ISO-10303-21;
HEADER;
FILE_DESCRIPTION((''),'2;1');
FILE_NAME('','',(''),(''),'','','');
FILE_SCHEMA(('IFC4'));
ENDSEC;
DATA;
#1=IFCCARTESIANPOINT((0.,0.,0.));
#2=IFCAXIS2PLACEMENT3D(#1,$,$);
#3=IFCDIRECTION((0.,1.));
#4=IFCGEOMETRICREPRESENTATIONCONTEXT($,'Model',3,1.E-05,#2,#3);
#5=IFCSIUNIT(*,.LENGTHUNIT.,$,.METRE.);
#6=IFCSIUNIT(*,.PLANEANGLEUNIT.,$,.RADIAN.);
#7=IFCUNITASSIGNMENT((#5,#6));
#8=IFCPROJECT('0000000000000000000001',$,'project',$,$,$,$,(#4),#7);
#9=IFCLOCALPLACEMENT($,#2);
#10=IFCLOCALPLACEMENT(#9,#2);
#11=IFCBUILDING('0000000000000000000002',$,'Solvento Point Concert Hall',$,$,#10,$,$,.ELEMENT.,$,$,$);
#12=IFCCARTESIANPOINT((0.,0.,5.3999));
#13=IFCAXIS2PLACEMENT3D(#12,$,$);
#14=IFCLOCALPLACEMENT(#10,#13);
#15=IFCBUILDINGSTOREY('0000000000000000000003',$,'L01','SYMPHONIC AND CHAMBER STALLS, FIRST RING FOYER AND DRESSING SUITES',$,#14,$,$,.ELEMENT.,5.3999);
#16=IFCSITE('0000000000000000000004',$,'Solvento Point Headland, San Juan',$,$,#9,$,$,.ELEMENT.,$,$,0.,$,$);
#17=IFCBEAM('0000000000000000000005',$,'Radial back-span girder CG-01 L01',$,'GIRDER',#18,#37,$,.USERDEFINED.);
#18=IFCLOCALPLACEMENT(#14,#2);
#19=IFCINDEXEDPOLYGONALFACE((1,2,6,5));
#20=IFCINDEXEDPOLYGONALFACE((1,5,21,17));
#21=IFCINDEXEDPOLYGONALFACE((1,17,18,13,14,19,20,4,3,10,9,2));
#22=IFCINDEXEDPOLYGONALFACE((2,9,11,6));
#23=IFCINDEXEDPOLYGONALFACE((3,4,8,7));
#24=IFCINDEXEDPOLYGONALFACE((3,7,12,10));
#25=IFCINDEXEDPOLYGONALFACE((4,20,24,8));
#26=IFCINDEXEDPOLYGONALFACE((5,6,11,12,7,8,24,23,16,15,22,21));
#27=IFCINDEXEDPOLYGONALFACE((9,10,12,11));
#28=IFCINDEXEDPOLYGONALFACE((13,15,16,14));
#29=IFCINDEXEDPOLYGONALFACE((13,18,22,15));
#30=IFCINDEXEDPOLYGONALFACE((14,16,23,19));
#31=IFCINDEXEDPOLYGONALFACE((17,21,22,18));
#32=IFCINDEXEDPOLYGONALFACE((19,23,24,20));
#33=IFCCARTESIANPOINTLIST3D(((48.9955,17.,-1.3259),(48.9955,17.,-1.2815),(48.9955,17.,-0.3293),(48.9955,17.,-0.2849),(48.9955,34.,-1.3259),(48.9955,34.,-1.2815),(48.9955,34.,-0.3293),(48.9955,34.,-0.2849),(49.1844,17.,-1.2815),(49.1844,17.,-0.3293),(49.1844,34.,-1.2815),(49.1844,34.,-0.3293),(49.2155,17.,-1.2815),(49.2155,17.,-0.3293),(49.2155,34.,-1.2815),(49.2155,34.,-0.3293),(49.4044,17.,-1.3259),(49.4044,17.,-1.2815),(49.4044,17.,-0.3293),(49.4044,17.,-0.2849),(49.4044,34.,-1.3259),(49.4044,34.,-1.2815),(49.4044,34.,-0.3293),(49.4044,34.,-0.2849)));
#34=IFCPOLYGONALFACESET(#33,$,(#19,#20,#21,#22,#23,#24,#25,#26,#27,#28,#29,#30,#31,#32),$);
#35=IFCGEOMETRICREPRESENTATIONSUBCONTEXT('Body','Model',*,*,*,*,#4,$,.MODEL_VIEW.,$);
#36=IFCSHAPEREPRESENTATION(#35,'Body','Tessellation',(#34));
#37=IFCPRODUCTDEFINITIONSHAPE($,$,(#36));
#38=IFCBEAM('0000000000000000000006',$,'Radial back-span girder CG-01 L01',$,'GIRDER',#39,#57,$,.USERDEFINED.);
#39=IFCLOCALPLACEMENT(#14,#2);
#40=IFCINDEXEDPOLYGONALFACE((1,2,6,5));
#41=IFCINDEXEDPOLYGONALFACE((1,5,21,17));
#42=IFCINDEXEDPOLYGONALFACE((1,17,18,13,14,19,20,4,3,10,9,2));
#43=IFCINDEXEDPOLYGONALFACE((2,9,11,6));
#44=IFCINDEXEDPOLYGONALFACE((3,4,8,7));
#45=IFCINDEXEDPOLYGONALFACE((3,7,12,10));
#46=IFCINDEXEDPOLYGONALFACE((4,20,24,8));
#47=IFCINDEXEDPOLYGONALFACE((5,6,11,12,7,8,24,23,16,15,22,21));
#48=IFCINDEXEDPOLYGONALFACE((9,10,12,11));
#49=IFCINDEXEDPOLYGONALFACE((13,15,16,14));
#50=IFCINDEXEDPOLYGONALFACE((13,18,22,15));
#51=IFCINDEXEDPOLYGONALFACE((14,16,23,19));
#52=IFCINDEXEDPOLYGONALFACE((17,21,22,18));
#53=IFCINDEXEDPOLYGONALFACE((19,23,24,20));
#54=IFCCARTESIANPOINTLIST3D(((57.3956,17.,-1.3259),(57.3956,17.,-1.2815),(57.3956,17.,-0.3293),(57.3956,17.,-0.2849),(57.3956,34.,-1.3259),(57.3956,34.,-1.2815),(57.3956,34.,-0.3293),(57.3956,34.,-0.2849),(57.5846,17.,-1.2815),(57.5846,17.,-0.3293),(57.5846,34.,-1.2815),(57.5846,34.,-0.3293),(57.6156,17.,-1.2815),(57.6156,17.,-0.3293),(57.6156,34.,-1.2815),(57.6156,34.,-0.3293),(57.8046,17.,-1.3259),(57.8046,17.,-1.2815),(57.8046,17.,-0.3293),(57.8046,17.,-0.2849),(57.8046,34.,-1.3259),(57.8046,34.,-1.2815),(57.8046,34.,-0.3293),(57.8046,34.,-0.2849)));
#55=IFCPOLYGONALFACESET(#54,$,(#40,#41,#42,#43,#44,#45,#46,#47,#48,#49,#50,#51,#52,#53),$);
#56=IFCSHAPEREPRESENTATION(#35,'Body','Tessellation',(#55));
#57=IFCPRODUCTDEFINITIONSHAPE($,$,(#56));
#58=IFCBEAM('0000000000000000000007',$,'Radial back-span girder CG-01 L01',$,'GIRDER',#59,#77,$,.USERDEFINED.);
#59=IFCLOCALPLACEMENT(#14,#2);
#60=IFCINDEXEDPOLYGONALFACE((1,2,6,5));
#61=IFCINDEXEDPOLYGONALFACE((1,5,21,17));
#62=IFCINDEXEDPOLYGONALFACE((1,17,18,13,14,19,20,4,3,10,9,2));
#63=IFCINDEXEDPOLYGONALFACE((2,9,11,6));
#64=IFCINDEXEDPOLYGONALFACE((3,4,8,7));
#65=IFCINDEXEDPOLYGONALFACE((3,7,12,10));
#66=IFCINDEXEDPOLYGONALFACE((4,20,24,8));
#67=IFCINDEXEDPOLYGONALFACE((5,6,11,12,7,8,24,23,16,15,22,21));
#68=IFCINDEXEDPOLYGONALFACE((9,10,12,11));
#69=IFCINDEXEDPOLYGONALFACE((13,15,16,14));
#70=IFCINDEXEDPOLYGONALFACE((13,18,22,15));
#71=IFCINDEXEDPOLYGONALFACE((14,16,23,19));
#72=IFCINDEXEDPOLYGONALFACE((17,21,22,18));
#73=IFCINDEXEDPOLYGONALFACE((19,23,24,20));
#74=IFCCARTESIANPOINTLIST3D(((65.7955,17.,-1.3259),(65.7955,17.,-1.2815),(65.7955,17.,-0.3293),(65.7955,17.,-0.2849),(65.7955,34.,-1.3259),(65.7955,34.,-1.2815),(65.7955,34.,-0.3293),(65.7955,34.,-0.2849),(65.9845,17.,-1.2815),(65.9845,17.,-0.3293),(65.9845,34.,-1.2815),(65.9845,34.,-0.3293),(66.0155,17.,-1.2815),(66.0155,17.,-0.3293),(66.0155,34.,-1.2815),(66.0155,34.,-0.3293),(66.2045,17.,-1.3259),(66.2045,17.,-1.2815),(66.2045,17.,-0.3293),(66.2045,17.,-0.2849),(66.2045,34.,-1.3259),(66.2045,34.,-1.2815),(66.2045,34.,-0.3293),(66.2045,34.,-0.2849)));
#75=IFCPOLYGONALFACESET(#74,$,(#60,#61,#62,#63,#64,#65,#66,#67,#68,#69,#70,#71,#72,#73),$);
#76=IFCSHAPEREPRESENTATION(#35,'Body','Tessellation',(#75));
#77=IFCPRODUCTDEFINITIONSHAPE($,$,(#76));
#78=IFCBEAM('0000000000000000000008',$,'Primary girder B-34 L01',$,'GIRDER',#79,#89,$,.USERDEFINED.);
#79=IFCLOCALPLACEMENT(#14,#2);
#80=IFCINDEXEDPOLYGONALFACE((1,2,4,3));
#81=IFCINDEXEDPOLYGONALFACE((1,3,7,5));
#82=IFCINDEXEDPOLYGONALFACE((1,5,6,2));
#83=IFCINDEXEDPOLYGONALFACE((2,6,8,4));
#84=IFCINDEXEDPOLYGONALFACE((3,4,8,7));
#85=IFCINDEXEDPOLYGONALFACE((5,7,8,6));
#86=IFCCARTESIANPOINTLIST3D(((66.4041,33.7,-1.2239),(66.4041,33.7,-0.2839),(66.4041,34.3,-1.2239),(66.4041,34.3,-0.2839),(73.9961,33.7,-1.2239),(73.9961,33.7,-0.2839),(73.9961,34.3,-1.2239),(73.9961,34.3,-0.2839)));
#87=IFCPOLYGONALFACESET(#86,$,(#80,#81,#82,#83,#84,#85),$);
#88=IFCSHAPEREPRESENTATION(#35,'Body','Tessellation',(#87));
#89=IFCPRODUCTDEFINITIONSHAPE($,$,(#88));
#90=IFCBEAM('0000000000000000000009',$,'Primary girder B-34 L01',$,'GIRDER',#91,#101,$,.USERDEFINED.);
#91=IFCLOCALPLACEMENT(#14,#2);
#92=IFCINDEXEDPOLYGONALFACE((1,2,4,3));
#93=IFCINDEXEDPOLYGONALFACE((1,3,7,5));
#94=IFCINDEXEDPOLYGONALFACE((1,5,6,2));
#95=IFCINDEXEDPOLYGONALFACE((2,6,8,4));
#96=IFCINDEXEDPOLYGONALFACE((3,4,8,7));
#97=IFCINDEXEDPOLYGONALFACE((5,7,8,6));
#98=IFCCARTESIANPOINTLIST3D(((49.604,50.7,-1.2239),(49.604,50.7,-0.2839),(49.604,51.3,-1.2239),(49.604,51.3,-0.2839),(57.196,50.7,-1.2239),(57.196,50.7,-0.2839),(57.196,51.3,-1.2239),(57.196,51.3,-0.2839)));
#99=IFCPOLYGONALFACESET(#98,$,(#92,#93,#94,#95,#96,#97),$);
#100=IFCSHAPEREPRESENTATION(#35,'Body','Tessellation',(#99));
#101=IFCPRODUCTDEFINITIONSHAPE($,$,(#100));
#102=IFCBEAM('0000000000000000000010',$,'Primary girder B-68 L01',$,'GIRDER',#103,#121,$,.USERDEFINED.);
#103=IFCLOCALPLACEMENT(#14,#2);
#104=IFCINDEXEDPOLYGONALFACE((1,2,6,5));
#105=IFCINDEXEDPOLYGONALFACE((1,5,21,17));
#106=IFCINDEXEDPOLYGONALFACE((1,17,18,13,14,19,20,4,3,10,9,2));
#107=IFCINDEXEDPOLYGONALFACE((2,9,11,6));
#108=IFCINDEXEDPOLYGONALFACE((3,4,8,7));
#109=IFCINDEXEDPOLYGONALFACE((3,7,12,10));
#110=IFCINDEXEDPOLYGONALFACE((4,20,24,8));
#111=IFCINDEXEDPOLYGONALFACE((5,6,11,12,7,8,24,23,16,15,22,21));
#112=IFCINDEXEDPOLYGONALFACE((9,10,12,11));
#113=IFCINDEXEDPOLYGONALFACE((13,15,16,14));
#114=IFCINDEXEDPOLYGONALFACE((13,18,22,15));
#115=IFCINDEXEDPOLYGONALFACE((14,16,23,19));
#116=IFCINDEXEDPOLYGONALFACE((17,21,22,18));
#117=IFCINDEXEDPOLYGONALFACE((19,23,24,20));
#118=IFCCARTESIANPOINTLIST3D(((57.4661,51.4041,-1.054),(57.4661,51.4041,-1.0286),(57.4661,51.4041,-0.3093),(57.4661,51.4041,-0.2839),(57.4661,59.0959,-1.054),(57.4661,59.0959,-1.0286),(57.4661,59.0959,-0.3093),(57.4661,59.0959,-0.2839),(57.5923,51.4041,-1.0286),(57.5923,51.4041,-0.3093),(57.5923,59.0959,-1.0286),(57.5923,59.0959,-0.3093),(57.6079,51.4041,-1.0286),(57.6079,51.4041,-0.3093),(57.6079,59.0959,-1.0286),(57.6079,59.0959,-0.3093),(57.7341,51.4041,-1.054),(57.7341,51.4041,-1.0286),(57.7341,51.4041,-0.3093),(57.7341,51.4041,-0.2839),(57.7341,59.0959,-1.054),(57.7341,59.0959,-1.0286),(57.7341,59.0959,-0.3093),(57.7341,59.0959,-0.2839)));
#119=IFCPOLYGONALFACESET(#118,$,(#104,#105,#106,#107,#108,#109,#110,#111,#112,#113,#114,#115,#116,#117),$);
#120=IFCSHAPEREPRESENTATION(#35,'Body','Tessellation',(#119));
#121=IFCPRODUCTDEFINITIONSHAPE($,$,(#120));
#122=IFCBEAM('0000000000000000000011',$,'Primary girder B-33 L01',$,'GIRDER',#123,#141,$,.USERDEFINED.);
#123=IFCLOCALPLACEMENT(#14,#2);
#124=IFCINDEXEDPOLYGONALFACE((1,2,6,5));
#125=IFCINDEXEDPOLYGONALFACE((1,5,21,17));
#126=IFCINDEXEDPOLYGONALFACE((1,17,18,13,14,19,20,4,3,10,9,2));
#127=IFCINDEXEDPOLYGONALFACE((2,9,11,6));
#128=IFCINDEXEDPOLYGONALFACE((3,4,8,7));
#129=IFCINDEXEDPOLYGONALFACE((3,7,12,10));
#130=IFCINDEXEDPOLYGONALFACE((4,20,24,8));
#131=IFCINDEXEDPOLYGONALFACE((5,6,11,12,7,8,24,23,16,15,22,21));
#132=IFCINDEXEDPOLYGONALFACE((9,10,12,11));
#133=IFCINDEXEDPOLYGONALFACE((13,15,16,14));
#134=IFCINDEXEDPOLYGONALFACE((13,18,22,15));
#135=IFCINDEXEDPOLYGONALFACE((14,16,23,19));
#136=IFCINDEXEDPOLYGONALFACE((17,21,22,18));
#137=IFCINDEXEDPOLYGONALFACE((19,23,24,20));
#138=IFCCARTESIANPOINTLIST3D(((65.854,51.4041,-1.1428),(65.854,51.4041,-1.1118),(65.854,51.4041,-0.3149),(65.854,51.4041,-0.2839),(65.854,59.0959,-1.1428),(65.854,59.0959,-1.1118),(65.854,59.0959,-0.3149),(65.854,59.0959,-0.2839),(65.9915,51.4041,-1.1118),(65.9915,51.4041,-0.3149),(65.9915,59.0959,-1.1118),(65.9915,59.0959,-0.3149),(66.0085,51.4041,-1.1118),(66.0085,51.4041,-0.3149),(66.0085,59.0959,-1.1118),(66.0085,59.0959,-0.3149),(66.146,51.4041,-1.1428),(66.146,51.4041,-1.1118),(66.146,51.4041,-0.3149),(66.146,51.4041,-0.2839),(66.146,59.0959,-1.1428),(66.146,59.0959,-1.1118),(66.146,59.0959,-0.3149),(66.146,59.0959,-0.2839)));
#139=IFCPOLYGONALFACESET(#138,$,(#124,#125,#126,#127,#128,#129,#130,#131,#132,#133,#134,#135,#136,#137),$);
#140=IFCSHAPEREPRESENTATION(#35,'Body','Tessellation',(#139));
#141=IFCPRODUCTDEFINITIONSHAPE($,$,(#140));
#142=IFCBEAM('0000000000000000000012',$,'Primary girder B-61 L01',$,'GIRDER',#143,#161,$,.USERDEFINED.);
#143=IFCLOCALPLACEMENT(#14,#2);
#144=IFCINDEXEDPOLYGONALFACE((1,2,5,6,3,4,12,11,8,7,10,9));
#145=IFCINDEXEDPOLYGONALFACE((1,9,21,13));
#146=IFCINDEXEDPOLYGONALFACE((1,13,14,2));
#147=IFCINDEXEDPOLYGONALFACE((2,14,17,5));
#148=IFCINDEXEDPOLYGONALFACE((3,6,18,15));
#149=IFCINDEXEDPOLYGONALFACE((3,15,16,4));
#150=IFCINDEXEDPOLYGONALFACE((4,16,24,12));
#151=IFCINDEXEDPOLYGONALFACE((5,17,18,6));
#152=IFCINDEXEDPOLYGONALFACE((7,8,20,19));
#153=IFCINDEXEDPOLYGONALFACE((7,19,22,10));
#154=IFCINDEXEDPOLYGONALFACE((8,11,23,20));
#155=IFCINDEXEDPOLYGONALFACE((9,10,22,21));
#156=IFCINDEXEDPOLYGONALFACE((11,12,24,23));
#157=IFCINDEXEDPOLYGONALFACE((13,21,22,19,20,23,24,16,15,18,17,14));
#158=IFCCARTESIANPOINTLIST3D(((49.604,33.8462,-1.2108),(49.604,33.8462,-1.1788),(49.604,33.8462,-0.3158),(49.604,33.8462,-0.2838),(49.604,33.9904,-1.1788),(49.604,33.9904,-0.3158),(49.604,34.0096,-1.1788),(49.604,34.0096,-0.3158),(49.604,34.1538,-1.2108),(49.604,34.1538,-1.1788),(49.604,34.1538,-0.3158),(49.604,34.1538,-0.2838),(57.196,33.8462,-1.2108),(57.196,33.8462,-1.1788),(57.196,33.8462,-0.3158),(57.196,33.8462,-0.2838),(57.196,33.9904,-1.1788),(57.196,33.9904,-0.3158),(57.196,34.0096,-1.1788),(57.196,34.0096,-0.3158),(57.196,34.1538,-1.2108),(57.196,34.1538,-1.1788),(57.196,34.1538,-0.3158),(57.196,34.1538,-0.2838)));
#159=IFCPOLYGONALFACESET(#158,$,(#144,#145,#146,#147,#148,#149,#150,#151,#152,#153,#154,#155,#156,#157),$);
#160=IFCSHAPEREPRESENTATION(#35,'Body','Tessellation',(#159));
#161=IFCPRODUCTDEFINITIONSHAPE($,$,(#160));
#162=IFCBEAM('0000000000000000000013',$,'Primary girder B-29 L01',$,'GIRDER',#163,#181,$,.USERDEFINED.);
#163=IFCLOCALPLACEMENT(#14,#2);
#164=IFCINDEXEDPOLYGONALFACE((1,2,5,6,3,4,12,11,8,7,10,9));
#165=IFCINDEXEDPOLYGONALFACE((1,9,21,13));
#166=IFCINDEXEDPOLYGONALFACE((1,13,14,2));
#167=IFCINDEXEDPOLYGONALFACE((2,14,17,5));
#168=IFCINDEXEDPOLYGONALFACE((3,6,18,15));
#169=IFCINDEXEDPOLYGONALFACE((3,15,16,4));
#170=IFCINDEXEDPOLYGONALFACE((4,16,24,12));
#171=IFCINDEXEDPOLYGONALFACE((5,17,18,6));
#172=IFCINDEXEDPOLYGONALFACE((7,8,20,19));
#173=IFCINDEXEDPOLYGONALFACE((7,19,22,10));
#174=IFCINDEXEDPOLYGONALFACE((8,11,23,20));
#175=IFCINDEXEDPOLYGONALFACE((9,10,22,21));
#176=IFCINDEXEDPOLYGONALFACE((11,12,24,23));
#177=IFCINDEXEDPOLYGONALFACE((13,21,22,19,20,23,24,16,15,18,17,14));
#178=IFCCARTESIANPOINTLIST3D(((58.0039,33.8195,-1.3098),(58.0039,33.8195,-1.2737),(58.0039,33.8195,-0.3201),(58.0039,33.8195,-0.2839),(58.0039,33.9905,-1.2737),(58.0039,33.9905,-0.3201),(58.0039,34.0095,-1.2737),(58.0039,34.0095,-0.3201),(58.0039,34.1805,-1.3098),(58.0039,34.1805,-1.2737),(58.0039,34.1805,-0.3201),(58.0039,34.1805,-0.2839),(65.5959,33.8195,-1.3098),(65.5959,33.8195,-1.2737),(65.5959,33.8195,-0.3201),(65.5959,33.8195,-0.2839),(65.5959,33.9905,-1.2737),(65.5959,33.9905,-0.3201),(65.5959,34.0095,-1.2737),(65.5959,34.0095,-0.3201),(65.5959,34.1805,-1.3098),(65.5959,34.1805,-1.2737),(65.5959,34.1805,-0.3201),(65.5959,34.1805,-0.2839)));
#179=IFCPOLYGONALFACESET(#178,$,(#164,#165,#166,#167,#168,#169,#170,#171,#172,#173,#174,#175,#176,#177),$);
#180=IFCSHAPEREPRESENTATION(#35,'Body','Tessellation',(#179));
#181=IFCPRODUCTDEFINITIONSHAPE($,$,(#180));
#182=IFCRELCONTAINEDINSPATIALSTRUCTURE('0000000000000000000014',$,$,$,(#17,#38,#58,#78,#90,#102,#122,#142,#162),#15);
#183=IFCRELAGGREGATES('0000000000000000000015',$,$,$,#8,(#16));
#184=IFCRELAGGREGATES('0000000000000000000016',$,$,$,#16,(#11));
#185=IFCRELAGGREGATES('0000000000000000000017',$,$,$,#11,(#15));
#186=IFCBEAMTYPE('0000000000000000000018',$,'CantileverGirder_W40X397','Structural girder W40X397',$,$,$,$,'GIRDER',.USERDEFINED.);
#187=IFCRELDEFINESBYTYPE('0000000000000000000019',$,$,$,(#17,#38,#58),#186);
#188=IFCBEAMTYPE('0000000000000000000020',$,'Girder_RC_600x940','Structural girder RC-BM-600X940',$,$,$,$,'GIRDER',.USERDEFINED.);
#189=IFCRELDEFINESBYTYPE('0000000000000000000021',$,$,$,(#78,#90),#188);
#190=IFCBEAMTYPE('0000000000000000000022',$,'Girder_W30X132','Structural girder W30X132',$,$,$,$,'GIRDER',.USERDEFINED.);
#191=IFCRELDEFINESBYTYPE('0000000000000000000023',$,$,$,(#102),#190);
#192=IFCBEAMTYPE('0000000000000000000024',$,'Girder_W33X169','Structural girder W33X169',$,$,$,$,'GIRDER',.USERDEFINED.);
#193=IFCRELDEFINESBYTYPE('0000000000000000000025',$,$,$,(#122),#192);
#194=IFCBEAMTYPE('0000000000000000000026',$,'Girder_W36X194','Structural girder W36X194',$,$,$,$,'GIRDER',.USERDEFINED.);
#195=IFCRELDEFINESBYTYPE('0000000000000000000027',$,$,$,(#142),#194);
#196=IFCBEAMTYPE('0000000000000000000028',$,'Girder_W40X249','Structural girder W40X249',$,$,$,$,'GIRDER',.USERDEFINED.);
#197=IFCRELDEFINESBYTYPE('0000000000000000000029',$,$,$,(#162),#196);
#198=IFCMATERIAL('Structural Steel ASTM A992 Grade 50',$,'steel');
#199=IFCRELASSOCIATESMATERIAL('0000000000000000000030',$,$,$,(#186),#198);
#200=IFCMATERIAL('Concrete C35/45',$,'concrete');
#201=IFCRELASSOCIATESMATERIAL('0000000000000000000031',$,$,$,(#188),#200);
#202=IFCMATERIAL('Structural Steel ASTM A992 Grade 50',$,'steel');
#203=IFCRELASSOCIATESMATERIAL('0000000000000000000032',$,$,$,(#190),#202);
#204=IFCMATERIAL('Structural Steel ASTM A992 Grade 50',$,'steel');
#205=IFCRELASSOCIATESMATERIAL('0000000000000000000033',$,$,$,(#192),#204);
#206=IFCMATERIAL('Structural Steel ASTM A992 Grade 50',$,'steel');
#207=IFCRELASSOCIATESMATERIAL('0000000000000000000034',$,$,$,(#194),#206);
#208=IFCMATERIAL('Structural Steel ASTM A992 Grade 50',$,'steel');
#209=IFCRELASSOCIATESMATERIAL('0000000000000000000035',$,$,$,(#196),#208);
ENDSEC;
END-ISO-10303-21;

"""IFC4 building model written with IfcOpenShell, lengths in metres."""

from ifc_helpers import new_model, si_unit, direction, frame, origin, origin_2d, place, context, subcontext, project, spatial, rectangle, i_section, extrude, material, material_profile, profile_set, type_object, element, save


model = new_model("IFC4")

# Units and contexts
model_context = context("Model", 3, precision=1e-05, world=origin(), true_north=direction((0.0, 1.0)))
body_context = subcontext(model_context, "Body", "Model", "MODEL_VIEW")
ifc_project = project(units=[si_unit("LENGTHUNIT", "METRE"), si_unit("PLANEANGLEUNIT", "RADIAN")], contexts=[model_context])

# Site, building, storey
site_placement = place(None, origin())
site = spatial("IfcSite", under=ifc_project, at=site_placement, Name="Solvento Point Headland, San Juan", CompositionType="ELEMENT", RefElevation=0.0)
building_placement = place(site_placement, origin())
building = spatial("IfcBuilding", under=site, at=building_placement, Name="Solvento Point Concert Hall", CompositionType="ELEMENT")
storey_placement = place(building_placement, frame((0.0, 0.0, 5.3999)))
storey = spatial("IfcBuildingStorey", under=building, at=storey_placement, Name="L01", Description="SYMPHONIC AND CHAMBER STALLS, FIRST RING FOYER AND DRESSING SUITES", CompositionType="ELEMENT", Elevation=5.3999)

# Beams
ifc_material_1 = material(Name="Structural Steel ASTM A992 Grade 50", Category="steel")
ifc_material_profile_1 = material_profile(ifc_material_1, i_section(OverallWidth=0.4089, OverallDepth=1.041, WebThickness=0.031, FlangeThickness=0.0444, at=origin_2d()), Name="W40X397")
ifc_profile_set_1 = profile_set([ifc_material_profile_1], Name="Structural Steel ASTM A992 Grade 50")
beam_type_1 = type_object("IfcBeamType", Name="CantileverGirder_W40X397", Description="Structural girder W40X397", ElementType="GIRDER", PredefinedType="USERDEFINED", material=ifc_profile_set_1)
for number, where, z_axis, x_axis, name in (
    (1, (49.2, 34.0, -0.8054), (0.0, -1.0, 0.0), (1.0, 0.0, 0.0), "Radial back-span girder CG-01 L01"),
    (2, (57.6001, 34.0, -0.8054), (0.0, -1.0, 0.0), (1.0, 0.0, 0.0), "Radial back-span girder CG-01 L01"),
    (3, (66.0, 34.0, -0.8054), (0.0, -1.0, 0.0), (1.0, 0.0, 0.0), "Radial back-span girder CG-01 L01"),
):
    element("IfcBeam", number, at=place(storey_placement, frame(where, z_axis=z_axis, x_axis=x_axis)), inside=storey, type_object=beam_type_1, Name=name, ObjectType="GIRDER", PredefinedType="USERDEFINED", context=body_context, shape_type="SweptSolid", body=[
        extrude(i_section(OverallWidth=0.4089, OverallDepth=1.041, WebThickness=0.031, FlangeThickness=0.0444, at=origin_2d()), origin(), (0.0, 0.0, 1.0), 17.0),
    ])
ifc_material_2 = material(Name="Concrete C35/45", Category="concrete")
ifc_material_profile_2 = material_profile(ifc_material_2, rectangle(XDim=0.6001, YDim=0.9399, at=origin_2d()), Name="RC-BM-600X940")
ifc_profile_set_2 = profile_set([ifc_material_profile_2], Name="Concrete C35/45")
beam_type_2 = type_object("IfcBeamType", Name="Girder_RC_600x940", Description="Structural girder RC-BM-600X940", ElementType="GIRDER", PredefinedType="USERDEFINED", material=ifc_profile_set_2)
for number, where, z_axis, x_axis, name in (
    (4, (66.4041, 34.0, -0.7539), (1.0, 0.0, 0.0), (0.0, 1.0, 0.0), "Primary girder B-34 L01"),
    (5, (49.604, 51.0, -0.7539), (1.0, 0.0, 0.0), (0.0, 1.0, 0.0), "Primary girder B-34 L01"),
):
    element("IfcBeam", number, at=place(storey_placement, frame(where, z_axis=z_axis, x_axis=x_axis)), inside=storey, type_object=beam_type_2, Name=name, ObjectType="GIRDER", PredefinedType="USERDEFINED", context=body_context, shape_type="SweptSolid", body=[
        extrude(rectangle(XDim=0.6001, YDim=0.9399, at=origin_2d()), origin(), (0.0, 0.0, 1.0), 7.592),
    ])
ifc_material_3 = material(Name="Structural Steel ASTM A992 Grade 50", Category="steel")
ifc_material_profile_3 = material_profile(ifc_material_3, i_section(OverallWidth=0.2681, OverallDepth=0.77, WebThickness=0.0156, FlangeThickness=0.0254, at=origin_2d()), Name="W30X132")
ifc_profile_set_3 = profile_set([ifc_material_profile_3], Name="Structural Steel ASTM A992 Grade 50")
beam_type_3 = type_object("IfcBeamType", Name="Girder_W30X132", Description="Structural girder W30X132", ElementType="GIRDER", PredefinedType="USERDEFINED", material=ifc_profile_set_3)
beam_1_placement = place(storey_placement, frame((57.6001, 51.4041, -0.6689), z_axis=(0.0, 1.0, 0.0), x_axis=(-1.0, 0.0, 0.0)))
element("IfcBeam", 6, at=beam_1_placement, inside=storey, type_object=beam_type_3, Name="Primary girder B-68 L01", ObjectType="GIRDER", PredefinedType="USERDEFINED", context=body_context, shape_type="SweptSolid", body=[
    extrude(i_section(OverallWidth=0.2681, OverallDepth=0.77, WebThickness=0.0156, FlangeThickness=0.0254, at=origin_2d()), origin(), (0.0, 0.0, 1.0), 7.6919),
])
ifc_material_4 = material(Name="Structural Steel ASTM A992 Grade 50", Category="steel")
ifc_material_profile_4 = material_profile(ifc_material_4, i_section(OverallWidth=0.292, OverallDepth=0.8589, WebThickness=0.0171, FlangeThickness=0.031, at=origin_2d()), Name="W33X169")
ifc_profile_set_4 = profile_set([ifc_material_profile_4], Name="Structural Steel ASTM A992 Grade 50")
beam_type_4 = type_object("IfcBeamType", Name="Girder_W33X169", Description="Structural girder W33X169", ElementType="GIRDER", PredefinedType="USERDEFINED", material=ifc_profile_set_4)
beam_2_placement = place(storey_placement, frame((66.0, 51.4041, -0.7134), z_axis=(0.0, 1.0, 0.0), x_axis=(-1.0, 0.0, 0.0)))
element("IfcBeam", 7, at=beam_2_placement, inside=storey, type_object=beam_type_4, Name="Primary girder B-33 L01", ObjectType="GIRDER", PredefinedType="USERDEFINED", context=body_context, shape_type="SweptSolid", body=[
    extrude(i_section(OverallWidth=0.292, OverallDepth=0.8589, WebThickness=0.0171, FlangeThickness=0.031, at=origin_2d()), origin(), (0.0, 0.0, 1.0), 7.6919),
])
ifc_material_5 = material(Name="Structural Steel ASTM A992 Grade 50", Category="steel")
ifc_material_profile_5 = material_profile(ifc_material_5, i_section(OverallWidth=0.3076, OverallDepth=0.927, WebThickness=0.0193, FlangeThickness=0.032, at=origin_2d()), Name="W36X194")
ifc_profile_set_5 = profile_set([ifc_material_profile_5], Name="Structural Steel ASTM A992 Grade 50")
beam_type_5 = type_object("IfcBeamType", Name="Girder_W36X194", Description="Structural girder W36X194", ElementType="GIRDER", PredefinedType="USERDEFINED", material=ifc_profile_set_5)
beam_3_placement = place(storey_placement, frame((49.604, 34.0, -0.7473), z_axis=(1.0, 0.0, 0.0), x_axis=(0.0, 1.0, 0.0)))
element("IfcBeam", 8, at=beam_3_placement, inside=storey, type_object=beam_type_5, Name="Primary girder B-61 L01", ObjectType="GIRDER", PredefinedType="USERDEFINED", context=body_context, shape_type="SweptSolid", body=[
    extrude(i_section(OverallWidth=0.3076, OverallDepth=0.927, WebThickness=0.0193, FlangeThickness=0.032, at=origin_2d()), origin(), (0.0, 0.0, 1.0), 7.592),
])
ifc_material_6 = material(Name="Structural Steel ASTM A992 Grade 50", Category="steel")
ifc_material_profile_6 = material_profile(ifc_material_6, i_section(OverallWidth=0.3611, OverallDepth=1.0259, WebThickness=0.019, FlangeThickness=0.0361, at=origin_2d()), Name="W40X249")
ifc_profile_set_6 = profile_set([ifc_material_profile_6], Name="Structural Steel ASTM A992 Grade 50")
beam_type_6 = type_object("IfcBeamType", Name="Girder_W40X249", Description="Structural girder W40X249", ElementType="GIRDER", PredefinedType="USERDEFINED", material=ifc_profile_set_6)
beam_4_placement = place(storey_placement, frame((58.0039, 34.0, -0.7969), z_axis=(1.0, 0.0, 0.0), x_axis=(0.0, 1.0, 0.0)))
element("IfcBeam", 9, at=beam_4_placement, inside=storey, type_object=beam_type_6, Name="Primary girder B-29 L01", ObjectType="GIRDER", PredefinedType="USERDEFINED", context=body_context, shape_type="SweptSolid", body=[
    extrude(i_section(OverallWidth=0.3611, OverallDepth=1.0259, WebThickness=0.019, FlangeThickness=0.0361, at=origin_2d()), origin(), (0.0, 0.0, 1.0), 7.592),
])

save(model, "model.ifc")
